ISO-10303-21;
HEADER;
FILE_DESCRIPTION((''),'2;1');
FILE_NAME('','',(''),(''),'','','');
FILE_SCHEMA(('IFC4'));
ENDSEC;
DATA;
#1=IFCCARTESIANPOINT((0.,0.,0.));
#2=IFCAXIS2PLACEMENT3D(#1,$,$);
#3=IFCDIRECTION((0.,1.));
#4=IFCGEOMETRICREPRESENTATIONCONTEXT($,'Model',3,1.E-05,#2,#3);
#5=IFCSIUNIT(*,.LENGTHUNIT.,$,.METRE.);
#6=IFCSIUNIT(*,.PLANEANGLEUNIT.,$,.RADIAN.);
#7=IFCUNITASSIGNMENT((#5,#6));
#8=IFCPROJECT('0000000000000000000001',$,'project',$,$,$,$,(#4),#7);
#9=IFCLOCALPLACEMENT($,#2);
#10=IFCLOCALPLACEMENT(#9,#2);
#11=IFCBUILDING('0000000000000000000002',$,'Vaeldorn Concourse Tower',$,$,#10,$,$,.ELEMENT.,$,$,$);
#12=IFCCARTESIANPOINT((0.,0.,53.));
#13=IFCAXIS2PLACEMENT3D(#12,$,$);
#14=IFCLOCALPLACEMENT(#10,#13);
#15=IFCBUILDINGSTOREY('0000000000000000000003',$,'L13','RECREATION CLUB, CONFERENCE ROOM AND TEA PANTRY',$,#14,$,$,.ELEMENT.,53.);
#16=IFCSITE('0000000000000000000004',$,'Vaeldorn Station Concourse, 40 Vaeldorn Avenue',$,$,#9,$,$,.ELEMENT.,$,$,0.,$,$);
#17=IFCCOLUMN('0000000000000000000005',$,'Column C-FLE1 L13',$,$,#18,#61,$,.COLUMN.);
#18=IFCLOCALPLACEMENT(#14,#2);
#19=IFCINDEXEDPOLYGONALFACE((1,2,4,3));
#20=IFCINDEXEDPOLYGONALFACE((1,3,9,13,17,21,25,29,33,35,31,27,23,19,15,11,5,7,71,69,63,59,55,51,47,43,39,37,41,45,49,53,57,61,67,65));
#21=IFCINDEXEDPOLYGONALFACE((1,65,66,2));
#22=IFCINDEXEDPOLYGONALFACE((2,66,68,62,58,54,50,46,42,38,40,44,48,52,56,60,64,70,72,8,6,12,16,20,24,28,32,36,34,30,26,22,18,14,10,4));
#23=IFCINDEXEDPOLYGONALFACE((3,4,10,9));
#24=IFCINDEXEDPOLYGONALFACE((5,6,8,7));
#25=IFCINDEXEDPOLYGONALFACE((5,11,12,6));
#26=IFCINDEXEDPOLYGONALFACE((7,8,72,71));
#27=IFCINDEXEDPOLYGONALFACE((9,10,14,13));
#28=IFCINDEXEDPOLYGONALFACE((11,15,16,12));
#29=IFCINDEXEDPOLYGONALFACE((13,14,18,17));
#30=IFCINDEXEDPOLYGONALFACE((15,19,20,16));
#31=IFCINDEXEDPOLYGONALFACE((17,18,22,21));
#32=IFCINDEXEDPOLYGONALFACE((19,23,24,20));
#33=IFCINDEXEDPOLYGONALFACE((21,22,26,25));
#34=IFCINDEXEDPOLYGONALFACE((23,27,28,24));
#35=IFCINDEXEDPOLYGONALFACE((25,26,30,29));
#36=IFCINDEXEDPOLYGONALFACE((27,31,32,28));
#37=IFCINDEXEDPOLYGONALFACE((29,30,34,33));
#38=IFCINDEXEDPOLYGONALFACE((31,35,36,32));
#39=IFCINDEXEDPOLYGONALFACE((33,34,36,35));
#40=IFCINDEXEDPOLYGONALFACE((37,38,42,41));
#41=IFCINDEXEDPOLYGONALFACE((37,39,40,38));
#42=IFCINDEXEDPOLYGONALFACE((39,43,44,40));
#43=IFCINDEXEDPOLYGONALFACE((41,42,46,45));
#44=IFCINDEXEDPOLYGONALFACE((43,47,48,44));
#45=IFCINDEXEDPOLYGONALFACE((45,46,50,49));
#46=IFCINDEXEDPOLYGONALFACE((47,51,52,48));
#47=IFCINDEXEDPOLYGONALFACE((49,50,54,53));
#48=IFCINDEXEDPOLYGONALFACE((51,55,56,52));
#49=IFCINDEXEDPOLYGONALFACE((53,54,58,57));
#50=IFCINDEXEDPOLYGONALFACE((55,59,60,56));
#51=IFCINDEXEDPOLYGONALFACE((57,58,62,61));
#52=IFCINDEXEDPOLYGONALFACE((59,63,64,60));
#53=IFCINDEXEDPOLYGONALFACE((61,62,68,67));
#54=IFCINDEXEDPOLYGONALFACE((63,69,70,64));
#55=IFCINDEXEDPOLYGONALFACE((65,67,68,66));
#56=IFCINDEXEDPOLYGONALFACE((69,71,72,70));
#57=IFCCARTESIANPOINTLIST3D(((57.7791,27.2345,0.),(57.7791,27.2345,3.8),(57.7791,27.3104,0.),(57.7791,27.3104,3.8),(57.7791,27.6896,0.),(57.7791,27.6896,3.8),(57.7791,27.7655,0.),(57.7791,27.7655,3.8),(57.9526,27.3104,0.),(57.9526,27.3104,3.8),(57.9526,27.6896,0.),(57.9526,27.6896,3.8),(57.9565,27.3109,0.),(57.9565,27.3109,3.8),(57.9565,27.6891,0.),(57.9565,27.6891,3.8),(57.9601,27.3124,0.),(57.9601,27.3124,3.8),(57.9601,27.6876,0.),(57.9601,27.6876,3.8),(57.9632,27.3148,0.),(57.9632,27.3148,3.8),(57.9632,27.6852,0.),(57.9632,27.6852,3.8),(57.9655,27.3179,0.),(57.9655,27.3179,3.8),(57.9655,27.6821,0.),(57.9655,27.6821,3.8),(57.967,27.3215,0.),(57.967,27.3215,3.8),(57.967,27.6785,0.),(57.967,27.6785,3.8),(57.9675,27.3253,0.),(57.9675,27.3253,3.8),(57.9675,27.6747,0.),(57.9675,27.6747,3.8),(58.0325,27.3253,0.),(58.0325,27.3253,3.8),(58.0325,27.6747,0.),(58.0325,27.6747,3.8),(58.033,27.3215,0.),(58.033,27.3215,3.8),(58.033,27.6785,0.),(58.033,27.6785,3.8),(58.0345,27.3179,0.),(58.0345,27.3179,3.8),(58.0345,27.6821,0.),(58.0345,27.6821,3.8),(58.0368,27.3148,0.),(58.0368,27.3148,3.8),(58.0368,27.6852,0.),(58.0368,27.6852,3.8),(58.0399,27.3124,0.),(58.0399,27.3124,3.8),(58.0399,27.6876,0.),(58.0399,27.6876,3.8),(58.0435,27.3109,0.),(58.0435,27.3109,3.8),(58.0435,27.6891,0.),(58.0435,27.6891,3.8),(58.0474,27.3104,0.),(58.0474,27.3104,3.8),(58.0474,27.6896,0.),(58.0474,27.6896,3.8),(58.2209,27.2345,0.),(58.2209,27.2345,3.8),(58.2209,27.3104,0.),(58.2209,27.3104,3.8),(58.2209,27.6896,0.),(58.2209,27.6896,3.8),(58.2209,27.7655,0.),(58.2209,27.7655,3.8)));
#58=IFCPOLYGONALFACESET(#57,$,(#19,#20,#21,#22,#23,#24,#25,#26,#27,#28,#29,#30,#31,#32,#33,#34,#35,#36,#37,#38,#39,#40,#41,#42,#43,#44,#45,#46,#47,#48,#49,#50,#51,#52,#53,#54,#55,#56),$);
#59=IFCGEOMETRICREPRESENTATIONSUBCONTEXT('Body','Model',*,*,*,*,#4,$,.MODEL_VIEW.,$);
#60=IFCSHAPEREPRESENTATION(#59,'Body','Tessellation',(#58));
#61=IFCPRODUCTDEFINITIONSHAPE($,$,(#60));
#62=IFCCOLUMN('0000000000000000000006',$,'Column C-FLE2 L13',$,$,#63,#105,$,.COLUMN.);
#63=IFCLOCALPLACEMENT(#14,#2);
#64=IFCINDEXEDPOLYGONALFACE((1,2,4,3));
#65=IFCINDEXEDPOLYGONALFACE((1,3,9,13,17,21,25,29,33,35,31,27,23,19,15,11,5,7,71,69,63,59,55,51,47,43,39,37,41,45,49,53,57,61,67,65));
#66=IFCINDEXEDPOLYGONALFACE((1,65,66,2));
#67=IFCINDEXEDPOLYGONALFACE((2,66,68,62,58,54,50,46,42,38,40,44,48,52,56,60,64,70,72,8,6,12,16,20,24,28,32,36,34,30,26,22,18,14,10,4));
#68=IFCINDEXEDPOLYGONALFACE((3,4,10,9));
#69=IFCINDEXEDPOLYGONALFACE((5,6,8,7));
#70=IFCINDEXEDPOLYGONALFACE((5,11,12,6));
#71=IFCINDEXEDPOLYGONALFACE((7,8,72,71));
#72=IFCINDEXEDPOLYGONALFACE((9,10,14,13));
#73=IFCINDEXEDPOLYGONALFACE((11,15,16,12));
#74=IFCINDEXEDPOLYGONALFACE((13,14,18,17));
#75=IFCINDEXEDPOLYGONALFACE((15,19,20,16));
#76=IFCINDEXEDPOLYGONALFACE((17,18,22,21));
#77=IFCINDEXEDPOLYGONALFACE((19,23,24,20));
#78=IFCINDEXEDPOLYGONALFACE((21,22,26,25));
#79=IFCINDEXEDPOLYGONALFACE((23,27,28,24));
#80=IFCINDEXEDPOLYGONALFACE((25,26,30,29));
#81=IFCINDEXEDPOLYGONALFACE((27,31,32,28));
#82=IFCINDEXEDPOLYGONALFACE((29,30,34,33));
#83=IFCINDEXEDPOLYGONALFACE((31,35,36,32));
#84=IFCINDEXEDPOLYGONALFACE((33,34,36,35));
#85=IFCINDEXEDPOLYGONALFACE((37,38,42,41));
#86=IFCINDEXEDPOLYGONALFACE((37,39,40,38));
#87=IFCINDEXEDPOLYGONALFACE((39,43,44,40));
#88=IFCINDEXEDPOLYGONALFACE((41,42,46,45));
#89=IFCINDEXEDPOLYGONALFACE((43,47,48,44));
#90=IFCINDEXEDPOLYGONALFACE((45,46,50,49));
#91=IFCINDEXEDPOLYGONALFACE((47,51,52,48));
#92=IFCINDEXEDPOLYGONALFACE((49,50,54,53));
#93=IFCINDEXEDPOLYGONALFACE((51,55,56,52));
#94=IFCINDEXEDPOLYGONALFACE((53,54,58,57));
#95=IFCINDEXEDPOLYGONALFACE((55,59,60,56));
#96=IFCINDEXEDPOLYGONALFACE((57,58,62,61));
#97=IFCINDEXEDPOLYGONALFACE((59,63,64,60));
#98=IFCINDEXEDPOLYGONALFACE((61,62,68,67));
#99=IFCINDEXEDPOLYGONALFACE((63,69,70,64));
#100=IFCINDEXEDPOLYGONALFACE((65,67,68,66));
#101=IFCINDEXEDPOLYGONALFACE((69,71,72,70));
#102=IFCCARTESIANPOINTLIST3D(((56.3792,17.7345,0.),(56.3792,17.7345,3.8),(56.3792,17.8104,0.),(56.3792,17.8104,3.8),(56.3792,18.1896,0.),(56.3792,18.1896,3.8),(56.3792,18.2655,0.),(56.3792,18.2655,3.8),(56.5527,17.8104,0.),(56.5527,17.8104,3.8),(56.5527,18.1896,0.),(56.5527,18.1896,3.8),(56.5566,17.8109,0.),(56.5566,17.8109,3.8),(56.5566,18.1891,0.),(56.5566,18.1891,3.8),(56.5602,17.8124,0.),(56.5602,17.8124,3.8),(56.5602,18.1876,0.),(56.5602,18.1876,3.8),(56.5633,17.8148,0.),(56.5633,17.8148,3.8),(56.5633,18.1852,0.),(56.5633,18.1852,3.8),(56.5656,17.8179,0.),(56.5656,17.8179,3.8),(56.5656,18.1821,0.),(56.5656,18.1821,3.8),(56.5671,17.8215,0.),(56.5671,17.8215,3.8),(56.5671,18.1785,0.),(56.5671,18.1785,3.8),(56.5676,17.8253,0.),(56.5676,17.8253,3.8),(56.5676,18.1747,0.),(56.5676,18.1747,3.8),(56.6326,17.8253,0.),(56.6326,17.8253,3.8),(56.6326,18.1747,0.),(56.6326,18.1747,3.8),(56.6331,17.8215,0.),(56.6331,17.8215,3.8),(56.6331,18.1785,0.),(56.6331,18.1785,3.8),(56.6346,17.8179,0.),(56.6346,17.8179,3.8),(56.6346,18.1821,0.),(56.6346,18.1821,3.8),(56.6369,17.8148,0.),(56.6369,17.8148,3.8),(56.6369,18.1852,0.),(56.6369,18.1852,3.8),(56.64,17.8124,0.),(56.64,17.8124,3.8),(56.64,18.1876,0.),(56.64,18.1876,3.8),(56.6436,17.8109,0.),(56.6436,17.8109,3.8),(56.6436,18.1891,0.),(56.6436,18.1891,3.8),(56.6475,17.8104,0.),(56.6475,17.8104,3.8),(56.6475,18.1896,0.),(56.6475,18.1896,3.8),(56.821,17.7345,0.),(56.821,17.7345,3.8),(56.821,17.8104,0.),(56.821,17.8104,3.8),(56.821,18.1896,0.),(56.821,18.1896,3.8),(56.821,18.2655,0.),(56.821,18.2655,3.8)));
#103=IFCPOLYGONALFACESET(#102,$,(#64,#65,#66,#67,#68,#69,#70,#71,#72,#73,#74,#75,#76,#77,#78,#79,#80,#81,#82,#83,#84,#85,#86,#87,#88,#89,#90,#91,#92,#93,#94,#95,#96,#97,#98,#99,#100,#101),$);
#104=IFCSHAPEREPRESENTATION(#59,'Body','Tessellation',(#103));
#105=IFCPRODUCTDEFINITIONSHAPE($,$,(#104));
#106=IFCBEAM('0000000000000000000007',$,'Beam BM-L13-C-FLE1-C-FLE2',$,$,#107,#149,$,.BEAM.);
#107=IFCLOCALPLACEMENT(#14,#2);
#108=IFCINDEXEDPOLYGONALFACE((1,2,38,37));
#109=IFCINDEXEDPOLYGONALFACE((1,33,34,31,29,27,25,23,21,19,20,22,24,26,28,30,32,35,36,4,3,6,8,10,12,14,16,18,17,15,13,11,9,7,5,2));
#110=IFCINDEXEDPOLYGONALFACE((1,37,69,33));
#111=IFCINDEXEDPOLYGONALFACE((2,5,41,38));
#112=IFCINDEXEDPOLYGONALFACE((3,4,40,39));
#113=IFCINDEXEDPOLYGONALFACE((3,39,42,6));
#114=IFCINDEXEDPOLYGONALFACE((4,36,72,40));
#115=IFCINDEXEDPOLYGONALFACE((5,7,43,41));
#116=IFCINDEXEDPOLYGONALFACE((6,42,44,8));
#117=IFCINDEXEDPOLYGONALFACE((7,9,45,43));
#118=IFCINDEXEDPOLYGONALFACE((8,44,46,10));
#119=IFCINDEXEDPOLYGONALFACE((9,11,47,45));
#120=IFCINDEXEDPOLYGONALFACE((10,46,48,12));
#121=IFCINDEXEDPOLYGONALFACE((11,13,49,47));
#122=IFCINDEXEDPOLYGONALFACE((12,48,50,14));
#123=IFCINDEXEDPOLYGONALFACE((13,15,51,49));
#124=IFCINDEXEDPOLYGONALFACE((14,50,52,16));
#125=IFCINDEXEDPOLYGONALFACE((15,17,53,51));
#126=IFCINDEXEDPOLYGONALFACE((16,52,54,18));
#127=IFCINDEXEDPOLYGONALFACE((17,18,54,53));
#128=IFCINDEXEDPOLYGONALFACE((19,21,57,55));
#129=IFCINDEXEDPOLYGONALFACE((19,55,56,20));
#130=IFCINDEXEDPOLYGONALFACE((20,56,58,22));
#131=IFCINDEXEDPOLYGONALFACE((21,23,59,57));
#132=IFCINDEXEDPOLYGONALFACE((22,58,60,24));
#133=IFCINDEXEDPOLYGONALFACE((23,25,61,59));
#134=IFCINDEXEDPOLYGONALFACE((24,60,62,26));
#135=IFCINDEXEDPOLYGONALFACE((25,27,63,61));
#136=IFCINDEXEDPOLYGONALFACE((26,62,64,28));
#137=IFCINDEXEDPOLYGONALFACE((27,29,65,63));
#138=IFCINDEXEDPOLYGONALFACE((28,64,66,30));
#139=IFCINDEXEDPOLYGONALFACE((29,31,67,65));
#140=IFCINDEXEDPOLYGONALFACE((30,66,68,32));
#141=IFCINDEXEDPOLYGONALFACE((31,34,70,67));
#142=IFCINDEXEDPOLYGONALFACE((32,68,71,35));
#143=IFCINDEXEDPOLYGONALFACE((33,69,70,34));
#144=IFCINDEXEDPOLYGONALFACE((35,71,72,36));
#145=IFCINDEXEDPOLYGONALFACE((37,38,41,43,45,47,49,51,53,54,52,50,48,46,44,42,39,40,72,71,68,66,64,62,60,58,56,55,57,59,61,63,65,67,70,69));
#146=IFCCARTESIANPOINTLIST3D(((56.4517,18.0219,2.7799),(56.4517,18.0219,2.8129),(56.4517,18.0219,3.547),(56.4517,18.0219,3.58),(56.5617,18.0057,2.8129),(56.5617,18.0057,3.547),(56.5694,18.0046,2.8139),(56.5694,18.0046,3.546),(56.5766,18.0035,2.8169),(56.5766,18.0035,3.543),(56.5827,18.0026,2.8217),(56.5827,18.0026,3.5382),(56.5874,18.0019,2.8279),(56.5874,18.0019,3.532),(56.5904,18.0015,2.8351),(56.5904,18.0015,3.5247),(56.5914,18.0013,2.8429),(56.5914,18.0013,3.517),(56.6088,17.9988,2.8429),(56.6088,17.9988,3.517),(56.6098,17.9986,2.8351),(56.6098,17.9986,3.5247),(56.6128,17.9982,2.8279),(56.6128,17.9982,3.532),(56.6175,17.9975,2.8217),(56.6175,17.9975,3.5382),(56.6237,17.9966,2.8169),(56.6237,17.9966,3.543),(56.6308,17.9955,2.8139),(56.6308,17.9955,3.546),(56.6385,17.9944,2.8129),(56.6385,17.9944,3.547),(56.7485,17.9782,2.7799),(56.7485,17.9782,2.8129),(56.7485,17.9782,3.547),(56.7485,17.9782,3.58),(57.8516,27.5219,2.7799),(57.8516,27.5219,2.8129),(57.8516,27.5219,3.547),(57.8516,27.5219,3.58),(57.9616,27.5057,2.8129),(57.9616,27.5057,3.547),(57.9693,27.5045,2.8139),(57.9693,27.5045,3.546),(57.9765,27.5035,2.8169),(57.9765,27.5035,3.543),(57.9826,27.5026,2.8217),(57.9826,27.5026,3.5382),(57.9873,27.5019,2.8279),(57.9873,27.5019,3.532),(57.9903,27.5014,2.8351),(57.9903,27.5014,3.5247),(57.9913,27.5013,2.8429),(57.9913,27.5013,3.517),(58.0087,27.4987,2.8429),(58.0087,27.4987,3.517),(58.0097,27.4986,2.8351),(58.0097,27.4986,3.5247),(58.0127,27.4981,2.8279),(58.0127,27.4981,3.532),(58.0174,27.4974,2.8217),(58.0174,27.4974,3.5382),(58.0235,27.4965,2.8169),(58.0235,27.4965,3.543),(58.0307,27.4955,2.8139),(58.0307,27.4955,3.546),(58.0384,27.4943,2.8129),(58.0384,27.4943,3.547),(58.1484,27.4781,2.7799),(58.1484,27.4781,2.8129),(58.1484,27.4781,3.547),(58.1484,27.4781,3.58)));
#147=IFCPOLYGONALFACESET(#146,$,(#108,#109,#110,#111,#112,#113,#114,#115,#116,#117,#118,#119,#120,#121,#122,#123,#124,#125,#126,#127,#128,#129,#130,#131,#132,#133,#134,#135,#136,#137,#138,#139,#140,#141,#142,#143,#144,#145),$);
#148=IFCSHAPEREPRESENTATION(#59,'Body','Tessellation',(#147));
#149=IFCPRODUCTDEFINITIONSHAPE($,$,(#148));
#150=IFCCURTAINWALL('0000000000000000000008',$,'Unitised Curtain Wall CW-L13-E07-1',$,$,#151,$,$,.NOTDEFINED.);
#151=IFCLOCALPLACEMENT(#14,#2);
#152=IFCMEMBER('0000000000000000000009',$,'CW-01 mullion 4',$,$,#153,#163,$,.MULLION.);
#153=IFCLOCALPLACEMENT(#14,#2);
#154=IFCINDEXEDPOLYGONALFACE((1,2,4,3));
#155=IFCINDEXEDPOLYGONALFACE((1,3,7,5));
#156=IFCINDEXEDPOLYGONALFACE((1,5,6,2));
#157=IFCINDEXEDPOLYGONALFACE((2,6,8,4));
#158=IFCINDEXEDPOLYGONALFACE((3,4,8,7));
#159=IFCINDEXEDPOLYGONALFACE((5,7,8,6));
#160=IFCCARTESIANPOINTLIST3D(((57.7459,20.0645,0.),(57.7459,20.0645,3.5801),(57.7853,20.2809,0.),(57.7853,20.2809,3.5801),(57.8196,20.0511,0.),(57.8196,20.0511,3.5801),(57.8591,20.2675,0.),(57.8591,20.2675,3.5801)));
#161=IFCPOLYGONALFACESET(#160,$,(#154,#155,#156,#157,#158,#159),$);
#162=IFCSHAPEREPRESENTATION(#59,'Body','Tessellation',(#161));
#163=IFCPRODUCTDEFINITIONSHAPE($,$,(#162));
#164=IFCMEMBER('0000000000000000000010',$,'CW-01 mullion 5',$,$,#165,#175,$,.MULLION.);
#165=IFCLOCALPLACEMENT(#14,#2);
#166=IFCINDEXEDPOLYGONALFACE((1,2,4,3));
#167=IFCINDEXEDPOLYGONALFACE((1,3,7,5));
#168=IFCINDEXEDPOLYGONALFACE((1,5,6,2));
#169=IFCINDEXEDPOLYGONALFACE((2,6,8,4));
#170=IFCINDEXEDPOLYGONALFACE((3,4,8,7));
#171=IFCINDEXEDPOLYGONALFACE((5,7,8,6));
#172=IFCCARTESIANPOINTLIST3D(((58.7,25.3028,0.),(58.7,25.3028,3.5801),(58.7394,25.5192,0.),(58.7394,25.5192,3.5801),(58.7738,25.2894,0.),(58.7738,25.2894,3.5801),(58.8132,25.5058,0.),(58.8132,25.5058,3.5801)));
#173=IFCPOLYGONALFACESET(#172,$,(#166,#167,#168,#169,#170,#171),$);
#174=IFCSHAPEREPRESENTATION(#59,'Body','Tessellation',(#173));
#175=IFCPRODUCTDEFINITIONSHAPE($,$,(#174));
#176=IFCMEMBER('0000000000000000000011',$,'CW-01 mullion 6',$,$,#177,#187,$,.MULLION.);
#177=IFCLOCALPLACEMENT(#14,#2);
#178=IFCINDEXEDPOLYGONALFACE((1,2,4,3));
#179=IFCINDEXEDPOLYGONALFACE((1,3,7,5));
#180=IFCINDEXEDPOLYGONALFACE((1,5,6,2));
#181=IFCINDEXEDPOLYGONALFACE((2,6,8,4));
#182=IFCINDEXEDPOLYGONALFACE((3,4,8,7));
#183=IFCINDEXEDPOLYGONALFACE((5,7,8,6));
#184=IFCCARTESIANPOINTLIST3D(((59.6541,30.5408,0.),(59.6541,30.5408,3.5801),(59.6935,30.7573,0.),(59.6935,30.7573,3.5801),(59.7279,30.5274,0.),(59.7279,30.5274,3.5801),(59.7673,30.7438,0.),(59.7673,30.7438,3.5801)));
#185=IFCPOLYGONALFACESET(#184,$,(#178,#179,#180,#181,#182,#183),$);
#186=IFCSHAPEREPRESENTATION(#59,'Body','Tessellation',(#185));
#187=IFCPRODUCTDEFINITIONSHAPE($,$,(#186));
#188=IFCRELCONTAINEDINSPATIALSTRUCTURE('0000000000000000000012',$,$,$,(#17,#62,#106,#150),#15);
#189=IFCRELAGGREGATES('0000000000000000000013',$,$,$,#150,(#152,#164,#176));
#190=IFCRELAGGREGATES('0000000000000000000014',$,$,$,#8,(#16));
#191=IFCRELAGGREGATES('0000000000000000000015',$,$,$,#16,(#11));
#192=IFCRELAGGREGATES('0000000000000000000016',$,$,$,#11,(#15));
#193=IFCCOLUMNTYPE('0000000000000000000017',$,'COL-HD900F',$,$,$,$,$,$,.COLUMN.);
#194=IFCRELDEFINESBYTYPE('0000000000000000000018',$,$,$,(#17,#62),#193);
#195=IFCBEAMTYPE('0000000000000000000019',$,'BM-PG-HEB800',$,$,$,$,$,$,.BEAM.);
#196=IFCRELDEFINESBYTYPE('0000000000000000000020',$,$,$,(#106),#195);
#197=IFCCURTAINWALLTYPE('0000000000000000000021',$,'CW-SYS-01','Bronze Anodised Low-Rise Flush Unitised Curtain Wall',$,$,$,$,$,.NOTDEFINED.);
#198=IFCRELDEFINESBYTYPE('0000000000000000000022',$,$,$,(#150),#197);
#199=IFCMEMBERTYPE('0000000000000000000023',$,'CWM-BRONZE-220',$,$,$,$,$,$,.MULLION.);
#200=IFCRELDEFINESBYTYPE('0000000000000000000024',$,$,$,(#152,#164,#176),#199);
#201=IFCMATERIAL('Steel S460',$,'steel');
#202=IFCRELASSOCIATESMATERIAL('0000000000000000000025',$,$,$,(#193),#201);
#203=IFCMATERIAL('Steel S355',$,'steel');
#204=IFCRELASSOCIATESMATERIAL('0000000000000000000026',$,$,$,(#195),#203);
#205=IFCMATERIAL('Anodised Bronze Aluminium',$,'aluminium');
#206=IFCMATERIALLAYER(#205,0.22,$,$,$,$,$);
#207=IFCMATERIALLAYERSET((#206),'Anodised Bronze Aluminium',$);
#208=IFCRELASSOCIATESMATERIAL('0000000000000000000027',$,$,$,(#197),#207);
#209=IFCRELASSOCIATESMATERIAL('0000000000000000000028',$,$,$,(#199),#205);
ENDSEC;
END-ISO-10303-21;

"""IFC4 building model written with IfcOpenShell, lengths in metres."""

from ifc_helpers import new_model, si_unit, direction, frame, origin, origin_2d, place, context, subcontext, project, spatial, rectangle, i_section, extrude, source, transform, mapped, material, layer, layer_set, material_profile, profile_set, type_object, element, aggregate, save


model = new_model("IFC4")

# Units and contexts
model_context = context("Model", 3, precision=1e-05, world=origin(), true_north=direction((0.0, 1.0)))
body_context = subcontext(model_context, "Body", "Model", "MODEL_VIEW")
ifc_project = project(units=[si_unit("LENGTHUNIT", "METRE"), si_unit("PLANEANGLEUNIT", "RADIAN")], contexts=[model_context])

# Site, building, storey
site_placement = place(None, origin())
site = spatial("IfcSite", under=ifc_project, at=site_placement, Name="Vaeldorn Station Concourse, 40 Vaeldorn Avenue", CompositionType="ELEMENT", RefElevation=0.0)
building_placement = place(site_placement, origin())
building = spatial("IfcBuilding", under=site, at=building_placement, Name="Vaeldorn Concourse Tower", CompositionType="ELEMENT")
storey_placement = place(building_placement, frame((0.0, 0.0, 53.0)))
storey = spatial("IfcBuildingStorey", under=building, at=storey_placement, Name="L13", Description="RECREATION CLUB, CONFERENCE ROOM AND TEA PANTRY", CompositionType="ELEMENT", Elevation=53.0)

# Columns
ifc_material_1 = material(Name="Steel S460", Category="steel")
ifc_material_profile_1 = material_profile(ifc_material_1, i_section(OverallWidth=0.4419, OverallDepth=0.531, WebThickness=0.0649, FlangeThickness=0.0759, FilletRadius=0.0149, at=origin_2d()), Name="HD 400x900")
ifc_profile_set_1 = profile_set([ifc_material_profile_1], Name="Steel S460")
column_type = type_object("IfcColumnType", Name="COL-HD900F", PredefinedType="COLUMN", material=ifc_profile_set_1)
shared_shape_1 = source(origin(), body_context, "Body", "SweptSolid", [
    extrude(i_section(OverallWidth=0.4419, OverallDepth=0.531, WebThickness=0.0649, FlangeThickness=0.0759, FilletRadius=0.0149, at=origin_2d()), origin(), (0.0, 0.0, 1.0), 3.8),
])
for number, where, z_axis, x_axis, name in (
    (1, (58.0, 27.5, 0.0), (0.0, 0.0, 1.0), (1.0, 0.0, 0.0), "Column C-FLE1 L13"),
    (2, (56.6001, 18.0, 0.0), (0.0, 0.0, 1.0), (1.0, 0.0, 0.0), "Column C-FLE2 L13"),
):
    element("IfcColumn", number, at=place(storey_placement, frame(where, z_axis=z_axis, x_axis=x_axis)), inside=storey, type_object=column_type, Name=name, PredefinedType="COLUMN", context=body_context, shape_type="MappedRepresentation", body=[
        mapped(shared_shape_1, transform((0.0, 0.0, 0.0), scale=1.0)),
    ])

# Beam
ifc_material_2 = material(Name="Steel S355", Category="steel")
ifc_material_profile_2 = material_profile(ifc_material_2, i_section(OverallWidth=0.3, OverallDepth=0.8, WebThickness=0.0176, FlangeThickness=0.033, FilletRadius=0.03, at=origin_2d()), Name="HEB 800")
ifc_profile_set_2 = profile_set([ifc_material_profile_2], Name="Steel S355")
beam_type = type_object("IfcBeamType", Name="BM-PG-HEB800", PredefinedType="BEAM", material=ifc_profile_set_2)
shared_shape_2 = source(origin(), body_context, "Body", "SweptSolid", [
    extrude(i_section(OverallWidth=0.3, OverallDepth=0.8, WebThickness=0.0176, FlangeThickness=0.033, FilletRadius=0.03, at=origin_2d()), origin(), (0.0, 0.0, 1.0), 9.6025),
])
beam_placement = place(storey_placement, frame((58.0, 27.5, 3.1799), z_axis=(-0.145784, -0.989316, 0.0), x_axis=(0.989316, -0.145784, 0.0)))
element("IfcBeam", 3, at=beam_placement, inside=storey, type_object=beam_type, Name="Beam BM-L13-C-FLE1-C-FLE2", PredefinedType="BEAM", context=body_context, shape_type="MappedRepresentation", body=[
    mapped(shared_shape_2, transform((0.0, 0.0, 0.0), scale=1.0)),
])

# Curtain wall, members
ifc_material_3 = material(Name="Anodised Bronze Aluminium", Category="aluminium")
ifc_layer_1 = layer(ifc_material_3, 0.22)
ifc_layer_set_1 = layer_set([ifc_layer_1], Name="Anodised Bronze Aluminium")
curtain_wall_type = type_object("IfcCurtainWallType", Name="CW-SYS-01", Description="Bronze Anodised Low-Rise Flush Unitised Curtain Wall", PredefinedType="NOTDEFINED", material=ifc_layer_set_1)
curtain_wall_placement = place(storey_placement, origin())
curtain_wall = element("IfcCurtainWall", 4, at=curtain_wall_placement, inside=storey, type_object=curtain_wall_type, Name="Unitised Curtain Wall CW-L13-E07-1", PredefinedType="NOTDEFINED")
ifc_material_profile_3 = material_profile(ifc_material_3, rectangle(XDim=0.075, YDim=0.22, at=origin_2d()), Name="CWM 75x220")
ifc_profile_set_3 = profile_set([ifc_material_profile_3], Name="Anodised Bronze Aluminium")
member_type_1 = type_object("IfcMemberType", Name="CWM-BRONZE-220", PredefinedType="MULLION", material=ifc_profile_set_3)
shared_shape_3 = source(origin(), body_context, "Body", "SweptSolid", [
    extrude(rectangle(XDim=0.075, YDim=0.22, at=origin_2d()), origin(), (0.0, 0.0, 1.0), 3.5801),
])
member_1_placement = place(storey_placement, frame((57.8025, 20.166, 0.0), z_axis=(0.0, 0.0, 1.0), x_axis=(-0.983812, 0.179206, 0.0)))
member_1 = element("IfcMember", 5, at=member_1_placement, type_object=member_type_1, Name="CW-01 mullion 4", PredefinedType="MULLION", context=body_context, shape_type="MappedRepresentation", body=[
    mapped(shared_shape_3, transform((0.0, 0.0, 0.0), scale=1.0)),
])
member_2_placement = place(storey_placement, frame((58.7566, 25.4043, 0.0), z_axis=(0.0, 0.0, 1.0), x_axis=(-0.983812, 0.179206, 0.0)))
member_2 = element("IfcMember", 6, at=member_2_placement, type_object=member_type_1, Name="CW-01 mullion 5", PredefinedType="MULLION", context=body_context, shape_type="MappedRepresentation", body=[
    mapped(shared_shape_3, transform((0.0, 0.0, 0.0), scale=1.0)),
])
member_3_placement = place(storey_placement, frame((59.7107, 30.6423, 0.0), z_axis=(0.0, 0.0, 1.0), x_axis=(-0.983812, 0.179206, 0.0)))
member_3 = element("IfcMember", 7, at=member_3_placement, type_object=member_type_1, Name="CW-01 mullion 6", PredefinedType="MULLION", context=body_context, shape_type="MappedRepresentation", body=[
    mapped(shared_shape_3, transform((0.0, 0.0, 0.0), scale=1.0)),
])
aggregate(curtain_wall, [member_1, member_2, member_3])

save(model, "model.ifc")
